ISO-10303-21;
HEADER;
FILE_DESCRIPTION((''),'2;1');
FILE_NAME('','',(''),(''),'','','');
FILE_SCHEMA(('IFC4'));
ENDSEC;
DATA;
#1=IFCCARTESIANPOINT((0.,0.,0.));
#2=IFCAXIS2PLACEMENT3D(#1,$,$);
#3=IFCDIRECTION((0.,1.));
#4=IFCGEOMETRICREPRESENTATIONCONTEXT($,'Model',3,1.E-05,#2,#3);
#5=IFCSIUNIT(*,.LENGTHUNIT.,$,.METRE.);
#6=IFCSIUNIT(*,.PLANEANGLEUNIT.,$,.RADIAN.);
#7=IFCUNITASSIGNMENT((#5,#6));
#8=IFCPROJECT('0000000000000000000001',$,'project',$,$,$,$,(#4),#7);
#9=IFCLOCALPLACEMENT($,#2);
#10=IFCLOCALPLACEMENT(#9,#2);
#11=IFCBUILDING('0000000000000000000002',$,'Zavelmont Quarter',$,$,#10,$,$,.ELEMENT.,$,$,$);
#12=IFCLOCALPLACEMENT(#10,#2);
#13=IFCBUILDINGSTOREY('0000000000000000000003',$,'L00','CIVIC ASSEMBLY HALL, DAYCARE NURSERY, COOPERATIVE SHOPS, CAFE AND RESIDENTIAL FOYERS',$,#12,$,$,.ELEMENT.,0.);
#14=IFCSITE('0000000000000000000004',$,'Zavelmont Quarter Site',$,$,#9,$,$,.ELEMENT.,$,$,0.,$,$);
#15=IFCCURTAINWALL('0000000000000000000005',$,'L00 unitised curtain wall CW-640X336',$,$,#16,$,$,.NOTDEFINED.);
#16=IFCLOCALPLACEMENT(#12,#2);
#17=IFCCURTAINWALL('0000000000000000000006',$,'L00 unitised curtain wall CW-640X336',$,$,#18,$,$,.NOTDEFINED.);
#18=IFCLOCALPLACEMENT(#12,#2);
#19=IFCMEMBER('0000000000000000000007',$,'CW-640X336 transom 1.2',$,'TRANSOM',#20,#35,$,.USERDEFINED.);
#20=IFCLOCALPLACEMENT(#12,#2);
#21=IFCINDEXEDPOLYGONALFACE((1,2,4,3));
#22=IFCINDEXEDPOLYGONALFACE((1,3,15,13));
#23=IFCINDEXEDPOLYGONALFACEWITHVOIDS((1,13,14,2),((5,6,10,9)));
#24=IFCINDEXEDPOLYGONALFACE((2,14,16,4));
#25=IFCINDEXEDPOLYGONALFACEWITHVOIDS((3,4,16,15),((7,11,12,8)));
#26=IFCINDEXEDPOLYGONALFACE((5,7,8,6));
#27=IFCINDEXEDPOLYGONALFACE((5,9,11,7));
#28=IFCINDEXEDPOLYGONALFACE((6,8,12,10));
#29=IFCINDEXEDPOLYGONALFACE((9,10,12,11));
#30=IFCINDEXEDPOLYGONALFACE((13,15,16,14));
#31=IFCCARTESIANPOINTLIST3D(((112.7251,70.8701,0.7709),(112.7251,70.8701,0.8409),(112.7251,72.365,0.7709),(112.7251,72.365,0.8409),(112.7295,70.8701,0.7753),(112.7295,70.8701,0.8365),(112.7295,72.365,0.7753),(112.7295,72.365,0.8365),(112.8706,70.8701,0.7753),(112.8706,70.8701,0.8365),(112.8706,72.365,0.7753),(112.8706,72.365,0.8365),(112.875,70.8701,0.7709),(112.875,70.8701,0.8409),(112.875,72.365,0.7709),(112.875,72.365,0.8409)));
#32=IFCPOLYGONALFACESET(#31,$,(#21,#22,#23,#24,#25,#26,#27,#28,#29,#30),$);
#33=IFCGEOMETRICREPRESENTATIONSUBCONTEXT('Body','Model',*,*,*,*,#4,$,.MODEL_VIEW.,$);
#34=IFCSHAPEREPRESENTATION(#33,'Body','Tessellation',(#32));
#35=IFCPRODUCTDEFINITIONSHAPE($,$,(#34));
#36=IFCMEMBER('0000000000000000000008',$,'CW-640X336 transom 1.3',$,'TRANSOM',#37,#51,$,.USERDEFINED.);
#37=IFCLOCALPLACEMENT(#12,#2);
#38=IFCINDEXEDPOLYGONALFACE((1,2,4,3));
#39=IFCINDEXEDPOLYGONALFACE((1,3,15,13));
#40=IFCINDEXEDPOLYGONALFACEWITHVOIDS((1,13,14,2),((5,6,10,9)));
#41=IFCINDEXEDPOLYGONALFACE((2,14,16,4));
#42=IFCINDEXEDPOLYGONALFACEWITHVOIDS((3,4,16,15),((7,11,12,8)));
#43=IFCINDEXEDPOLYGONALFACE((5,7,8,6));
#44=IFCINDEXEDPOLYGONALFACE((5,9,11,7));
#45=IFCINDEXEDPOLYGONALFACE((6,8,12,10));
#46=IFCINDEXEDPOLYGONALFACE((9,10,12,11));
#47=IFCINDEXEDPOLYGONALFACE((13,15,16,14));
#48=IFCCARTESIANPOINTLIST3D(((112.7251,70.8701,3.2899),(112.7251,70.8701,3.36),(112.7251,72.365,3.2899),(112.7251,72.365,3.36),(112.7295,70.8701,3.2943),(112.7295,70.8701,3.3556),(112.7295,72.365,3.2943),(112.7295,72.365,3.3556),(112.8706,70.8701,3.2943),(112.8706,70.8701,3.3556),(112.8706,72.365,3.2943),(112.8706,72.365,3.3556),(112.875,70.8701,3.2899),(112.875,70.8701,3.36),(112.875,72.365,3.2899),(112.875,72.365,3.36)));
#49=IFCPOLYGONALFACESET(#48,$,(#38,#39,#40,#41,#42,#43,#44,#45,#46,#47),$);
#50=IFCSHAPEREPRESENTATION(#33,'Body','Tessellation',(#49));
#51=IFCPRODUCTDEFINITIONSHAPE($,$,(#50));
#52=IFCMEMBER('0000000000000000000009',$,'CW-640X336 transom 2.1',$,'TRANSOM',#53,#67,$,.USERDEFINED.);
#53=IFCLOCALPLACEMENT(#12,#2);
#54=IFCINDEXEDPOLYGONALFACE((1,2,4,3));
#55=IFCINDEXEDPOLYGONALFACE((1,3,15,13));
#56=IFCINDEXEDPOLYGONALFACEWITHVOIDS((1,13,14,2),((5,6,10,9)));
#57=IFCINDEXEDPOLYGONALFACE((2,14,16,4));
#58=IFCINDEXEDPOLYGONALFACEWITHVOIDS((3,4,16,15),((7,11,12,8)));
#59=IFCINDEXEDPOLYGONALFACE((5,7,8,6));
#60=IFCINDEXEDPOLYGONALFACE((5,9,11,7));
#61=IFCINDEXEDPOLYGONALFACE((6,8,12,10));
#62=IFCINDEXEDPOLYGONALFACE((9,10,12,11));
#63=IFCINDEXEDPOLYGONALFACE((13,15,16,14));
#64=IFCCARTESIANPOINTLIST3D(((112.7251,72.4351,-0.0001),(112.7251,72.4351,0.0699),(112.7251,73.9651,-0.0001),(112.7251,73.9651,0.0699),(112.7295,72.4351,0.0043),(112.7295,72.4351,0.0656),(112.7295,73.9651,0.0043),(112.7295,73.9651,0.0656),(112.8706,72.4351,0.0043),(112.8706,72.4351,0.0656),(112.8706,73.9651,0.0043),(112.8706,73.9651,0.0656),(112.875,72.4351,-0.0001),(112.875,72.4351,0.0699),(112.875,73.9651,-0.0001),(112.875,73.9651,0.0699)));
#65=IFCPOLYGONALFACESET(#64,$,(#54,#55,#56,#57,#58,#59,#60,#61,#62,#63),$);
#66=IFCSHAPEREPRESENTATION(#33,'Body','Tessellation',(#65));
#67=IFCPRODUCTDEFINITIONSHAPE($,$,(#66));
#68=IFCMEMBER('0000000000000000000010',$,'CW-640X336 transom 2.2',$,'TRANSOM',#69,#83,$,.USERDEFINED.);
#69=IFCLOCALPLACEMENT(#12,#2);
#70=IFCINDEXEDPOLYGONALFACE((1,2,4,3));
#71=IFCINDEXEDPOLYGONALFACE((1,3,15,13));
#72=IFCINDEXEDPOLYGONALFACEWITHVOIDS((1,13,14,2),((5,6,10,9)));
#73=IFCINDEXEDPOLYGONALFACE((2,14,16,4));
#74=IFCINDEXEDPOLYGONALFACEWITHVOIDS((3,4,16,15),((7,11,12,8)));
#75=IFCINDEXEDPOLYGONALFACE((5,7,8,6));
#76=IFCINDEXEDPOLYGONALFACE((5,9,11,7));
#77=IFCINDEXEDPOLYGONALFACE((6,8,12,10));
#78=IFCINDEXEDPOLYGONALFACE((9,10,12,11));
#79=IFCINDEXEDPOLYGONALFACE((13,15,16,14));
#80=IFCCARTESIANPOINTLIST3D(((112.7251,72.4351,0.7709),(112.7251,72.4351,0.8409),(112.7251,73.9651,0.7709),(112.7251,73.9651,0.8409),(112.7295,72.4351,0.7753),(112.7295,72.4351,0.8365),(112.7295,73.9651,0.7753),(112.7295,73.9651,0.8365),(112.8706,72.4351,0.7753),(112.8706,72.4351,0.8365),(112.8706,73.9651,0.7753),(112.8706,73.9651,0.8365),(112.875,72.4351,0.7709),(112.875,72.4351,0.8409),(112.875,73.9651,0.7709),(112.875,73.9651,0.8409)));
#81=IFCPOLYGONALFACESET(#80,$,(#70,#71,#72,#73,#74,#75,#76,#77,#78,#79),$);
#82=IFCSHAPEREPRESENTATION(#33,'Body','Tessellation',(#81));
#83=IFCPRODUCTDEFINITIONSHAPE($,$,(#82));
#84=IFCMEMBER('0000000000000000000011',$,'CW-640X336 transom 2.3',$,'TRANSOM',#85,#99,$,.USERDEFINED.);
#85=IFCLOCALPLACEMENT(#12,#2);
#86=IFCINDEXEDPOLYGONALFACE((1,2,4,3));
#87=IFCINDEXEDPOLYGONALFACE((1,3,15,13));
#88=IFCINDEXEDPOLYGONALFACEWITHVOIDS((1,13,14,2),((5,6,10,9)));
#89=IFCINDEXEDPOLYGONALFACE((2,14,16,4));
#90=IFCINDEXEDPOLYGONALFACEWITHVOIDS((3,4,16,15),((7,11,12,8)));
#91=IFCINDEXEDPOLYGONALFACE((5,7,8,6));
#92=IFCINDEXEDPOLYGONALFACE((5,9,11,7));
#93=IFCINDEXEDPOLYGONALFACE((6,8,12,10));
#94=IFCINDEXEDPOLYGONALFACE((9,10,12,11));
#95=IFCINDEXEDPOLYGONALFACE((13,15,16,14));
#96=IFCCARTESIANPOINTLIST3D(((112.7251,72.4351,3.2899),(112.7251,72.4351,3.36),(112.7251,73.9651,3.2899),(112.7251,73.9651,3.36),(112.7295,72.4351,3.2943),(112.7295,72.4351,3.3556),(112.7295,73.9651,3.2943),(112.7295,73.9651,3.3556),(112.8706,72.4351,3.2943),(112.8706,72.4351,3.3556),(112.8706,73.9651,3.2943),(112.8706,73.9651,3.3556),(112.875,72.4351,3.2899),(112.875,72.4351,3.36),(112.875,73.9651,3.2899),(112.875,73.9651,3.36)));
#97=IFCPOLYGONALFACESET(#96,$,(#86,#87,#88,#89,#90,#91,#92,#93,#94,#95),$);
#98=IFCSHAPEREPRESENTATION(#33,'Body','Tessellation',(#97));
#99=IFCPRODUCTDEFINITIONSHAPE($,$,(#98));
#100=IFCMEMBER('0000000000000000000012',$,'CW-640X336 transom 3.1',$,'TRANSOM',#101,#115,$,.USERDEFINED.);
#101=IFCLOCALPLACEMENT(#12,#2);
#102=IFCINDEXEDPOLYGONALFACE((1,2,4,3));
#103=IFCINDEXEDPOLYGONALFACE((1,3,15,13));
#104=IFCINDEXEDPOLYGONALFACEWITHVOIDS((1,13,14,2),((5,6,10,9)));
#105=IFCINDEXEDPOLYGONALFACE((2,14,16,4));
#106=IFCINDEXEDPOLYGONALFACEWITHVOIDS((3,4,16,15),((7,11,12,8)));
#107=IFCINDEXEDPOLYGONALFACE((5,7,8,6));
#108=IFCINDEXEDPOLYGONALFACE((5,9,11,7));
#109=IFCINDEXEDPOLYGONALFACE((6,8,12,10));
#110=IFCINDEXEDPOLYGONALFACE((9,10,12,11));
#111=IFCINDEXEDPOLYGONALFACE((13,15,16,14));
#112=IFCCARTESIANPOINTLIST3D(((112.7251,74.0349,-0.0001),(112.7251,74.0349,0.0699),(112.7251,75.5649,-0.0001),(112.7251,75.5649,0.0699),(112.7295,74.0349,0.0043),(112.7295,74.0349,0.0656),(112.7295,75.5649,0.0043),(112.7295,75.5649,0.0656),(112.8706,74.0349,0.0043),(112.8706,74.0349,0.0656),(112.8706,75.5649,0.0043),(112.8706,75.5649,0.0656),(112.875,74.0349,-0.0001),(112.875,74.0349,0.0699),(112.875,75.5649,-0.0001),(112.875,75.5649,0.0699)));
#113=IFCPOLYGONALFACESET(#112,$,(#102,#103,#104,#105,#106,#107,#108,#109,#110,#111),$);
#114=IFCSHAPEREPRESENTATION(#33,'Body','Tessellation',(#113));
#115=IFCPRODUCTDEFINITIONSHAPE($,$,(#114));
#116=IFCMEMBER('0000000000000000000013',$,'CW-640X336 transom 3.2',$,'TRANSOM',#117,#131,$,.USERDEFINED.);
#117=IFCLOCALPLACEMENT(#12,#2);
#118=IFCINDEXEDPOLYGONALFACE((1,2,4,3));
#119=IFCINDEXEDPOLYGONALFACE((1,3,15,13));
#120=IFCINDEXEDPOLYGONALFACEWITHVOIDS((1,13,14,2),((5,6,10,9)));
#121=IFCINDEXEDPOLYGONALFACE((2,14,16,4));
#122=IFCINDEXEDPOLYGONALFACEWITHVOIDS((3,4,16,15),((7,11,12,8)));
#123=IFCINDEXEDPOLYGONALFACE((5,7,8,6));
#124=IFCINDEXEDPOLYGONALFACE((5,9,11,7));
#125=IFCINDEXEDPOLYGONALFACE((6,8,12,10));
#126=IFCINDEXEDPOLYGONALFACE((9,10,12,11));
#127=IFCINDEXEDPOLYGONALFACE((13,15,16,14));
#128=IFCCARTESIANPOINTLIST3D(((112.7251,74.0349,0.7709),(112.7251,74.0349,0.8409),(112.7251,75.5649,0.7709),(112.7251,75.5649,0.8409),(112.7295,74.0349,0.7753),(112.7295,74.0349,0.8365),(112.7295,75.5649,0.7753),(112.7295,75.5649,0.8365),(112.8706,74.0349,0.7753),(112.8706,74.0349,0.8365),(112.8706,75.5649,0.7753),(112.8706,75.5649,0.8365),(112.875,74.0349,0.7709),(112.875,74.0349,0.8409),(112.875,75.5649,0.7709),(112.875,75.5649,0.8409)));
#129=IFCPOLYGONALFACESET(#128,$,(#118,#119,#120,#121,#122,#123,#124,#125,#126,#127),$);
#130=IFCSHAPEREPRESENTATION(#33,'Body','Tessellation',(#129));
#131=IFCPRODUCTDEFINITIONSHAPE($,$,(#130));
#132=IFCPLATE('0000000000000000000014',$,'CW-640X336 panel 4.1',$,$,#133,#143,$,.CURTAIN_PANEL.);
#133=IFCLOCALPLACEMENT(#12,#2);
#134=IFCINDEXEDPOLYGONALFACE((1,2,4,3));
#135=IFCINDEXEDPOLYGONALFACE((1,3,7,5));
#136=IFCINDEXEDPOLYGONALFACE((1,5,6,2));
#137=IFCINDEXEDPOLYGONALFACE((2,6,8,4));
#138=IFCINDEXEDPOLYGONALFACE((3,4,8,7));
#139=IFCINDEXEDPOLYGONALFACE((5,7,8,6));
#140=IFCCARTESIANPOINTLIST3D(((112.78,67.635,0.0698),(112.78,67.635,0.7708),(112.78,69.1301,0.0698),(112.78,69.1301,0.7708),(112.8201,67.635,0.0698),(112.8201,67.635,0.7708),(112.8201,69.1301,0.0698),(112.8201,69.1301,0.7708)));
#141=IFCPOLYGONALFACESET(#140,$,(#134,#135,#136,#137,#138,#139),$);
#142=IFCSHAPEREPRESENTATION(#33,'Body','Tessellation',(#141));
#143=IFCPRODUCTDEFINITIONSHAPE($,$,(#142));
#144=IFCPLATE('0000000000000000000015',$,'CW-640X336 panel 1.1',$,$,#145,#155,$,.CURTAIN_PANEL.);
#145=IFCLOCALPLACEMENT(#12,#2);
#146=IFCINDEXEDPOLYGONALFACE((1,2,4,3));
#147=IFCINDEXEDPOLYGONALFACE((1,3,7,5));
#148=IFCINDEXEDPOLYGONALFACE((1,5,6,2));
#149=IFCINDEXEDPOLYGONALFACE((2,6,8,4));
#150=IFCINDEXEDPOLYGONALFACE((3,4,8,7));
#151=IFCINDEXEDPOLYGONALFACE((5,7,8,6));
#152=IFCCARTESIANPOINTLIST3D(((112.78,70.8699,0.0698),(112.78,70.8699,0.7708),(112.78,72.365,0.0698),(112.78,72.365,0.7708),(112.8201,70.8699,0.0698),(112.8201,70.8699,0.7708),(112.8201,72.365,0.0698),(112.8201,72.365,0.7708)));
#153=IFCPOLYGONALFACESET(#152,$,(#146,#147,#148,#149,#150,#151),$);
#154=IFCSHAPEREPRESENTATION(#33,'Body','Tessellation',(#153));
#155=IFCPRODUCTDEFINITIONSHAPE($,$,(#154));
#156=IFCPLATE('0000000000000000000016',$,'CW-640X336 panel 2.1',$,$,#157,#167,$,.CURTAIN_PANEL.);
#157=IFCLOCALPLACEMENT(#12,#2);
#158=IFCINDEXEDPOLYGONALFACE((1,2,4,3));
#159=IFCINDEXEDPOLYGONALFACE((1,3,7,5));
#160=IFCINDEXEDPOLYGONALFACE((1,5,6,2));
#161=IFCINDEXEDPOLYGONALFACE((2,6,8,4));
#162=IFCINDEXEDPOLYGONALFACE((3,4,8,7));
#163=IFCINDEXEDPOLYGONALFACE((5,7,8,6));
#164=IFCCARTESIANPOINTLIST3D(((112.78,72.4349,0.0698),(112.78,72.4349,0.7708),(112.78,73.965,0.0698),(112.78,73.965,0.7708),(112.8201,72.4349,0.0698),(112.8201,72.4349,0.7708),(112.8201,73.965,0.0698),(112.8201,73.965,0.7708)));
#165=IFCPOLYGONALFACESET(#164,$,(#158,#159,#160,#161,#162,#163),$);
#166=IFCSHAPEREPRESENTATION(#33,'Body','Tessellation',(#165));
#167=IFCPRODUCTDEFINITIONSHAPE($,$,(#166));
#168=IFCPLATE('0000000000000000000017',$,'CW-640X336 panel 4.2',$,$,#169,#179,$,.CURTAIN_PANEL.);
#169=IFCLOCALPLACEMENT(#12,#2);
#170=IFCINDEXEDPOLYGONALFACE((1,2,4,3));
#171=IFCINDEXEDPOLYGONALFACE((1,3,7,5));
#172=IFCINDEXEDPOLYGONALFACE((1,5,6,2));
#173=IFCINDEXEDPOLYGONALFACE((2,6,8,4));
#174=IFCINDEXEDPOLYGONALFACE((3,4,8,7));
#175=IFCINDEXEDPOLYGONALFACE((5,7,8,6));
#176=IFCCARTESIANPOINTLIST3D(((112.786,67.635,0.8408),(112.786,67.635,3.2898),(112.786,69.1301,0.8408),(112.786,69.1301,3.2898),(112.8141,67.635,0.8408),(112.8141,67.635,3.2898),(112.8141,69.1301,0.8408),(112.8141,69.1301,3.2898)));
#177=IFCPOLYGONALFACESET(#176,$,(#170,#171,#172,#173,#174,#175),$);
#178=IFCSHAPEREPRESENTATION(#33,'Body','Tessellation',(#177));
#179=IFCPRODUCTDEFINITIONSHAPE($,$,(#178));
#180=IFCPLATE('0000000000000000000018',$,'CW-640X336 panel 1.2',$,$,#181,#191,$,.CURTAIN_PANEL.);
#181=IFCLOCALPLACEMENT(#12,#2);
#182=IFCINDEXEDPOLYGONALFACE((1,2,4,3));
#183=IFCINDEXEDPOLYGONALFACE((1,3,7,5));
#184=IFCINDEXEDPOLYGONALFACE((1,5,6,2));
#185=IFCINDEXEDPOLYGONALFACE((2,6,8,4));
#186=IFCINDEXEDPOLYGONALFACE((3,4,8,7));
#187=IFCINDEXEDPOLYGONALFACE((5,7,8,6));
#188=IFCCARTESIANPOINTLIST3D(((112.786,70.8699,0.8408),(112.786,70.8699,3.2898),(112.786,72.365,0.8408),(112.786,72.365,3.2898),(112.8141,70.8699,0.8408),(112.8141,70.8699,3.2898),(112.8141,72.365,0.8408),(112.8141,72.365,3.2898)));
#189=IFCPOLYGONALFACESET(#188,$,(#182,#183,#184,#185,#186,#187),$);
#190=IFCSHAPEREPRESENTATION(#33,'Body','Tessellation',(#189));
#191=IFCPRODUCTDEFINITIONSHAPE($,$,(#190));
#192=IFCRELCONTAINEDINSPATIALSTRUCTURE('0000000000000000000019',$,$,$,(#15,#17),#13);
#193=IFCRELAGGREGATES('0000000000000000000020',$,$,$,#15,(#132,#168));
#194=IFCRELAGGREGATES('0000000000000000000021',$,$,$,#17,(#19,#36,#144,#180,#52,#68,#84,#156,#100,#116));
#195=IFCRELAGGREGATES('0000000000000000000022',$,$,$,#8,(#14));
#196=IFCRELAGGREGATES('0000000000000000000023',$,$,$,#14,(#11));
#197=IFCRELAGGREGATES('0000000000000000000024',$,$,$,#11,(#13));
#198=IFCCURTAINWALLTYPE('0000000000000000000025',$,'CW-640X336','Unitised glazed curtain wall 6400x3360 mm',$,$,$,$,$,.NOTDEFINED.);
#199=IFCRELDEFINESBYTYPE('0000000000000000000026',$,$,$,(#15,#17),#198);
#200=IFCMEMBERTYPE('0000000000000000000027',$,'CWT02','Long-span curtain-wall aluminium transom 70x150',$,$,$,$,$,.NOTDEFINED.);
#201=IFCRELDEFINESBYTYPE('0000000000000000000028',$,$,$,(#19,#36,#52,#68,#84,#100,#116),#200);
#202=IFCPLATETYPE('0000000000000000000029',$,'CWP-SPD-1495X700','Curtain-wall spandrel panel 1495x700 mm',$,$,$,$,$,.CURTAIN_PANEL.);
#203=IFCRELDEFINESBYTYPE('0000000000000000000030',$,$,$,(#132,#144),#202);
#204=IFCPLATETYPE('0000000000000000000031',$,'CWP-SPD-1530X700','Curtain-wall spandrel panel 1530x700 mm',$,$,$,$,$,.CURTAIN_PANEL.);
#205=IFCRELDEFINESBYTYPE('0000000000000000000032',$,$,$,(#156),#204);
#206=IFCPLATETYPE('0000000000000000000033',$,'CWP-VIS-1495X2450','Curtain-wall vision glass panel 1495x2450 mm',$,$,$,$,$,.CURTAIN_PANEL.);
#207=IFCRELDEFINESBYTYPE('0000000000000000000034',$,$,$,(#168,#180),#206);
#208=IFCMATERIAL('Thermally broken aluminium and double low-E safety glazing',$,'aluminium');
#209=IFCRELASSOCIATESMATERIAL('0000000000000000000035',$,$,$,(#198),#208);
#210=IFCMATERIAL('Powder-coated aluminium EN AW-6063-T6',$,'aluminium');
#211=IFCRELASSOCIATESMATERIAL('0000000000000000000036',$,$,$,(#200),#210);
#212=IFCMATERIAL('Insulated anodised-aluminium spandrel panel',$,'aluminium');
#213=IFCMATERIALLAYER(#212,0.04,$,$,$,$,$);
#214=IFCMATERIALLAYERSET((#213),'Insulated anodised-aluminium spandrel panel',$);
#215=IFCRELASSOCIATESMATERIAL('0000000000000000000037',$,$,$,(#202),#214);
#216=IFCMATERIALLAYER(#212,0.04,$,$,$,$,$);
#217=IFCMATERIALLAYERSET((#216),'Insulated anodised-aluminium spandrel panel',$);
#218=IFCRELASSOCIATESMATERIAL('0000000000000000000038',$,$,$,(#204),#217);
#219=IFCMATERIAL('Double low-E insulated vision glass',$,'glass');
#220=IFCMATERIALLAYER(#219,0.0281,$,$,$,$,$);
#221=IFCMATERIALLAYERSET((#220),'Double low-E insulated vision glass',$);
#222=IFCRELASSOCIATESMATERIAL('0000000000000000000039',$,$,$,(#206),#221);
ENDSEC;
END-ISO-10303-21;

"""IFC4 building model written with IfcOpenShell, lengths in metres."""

from ifc_helpers import new_model, si_unit, direction, frame, origin, origin_2d, place, context, subcontext, project, spatial, rectangle, hollow_rectangle, extrude, material, layer, layer_set, material_profile, profile_set, type_object, element, aggregate, save


model = new_model("IFC4")

# Units and contexts
model_context = context("Model", 3, precision=1e-05, world=origin(), true_north=direction((0.0, 1.0)))
body_context = subcontext(model_context, "Body", "Model", "MODEL_VIEW")
ifc_project = project(units=[si_unit("LENGTHUNIT", "METRE"), si_unit("PLANEANGLEUNIT", "RADIAN")], contexts=[model_context])

# Site, building, storey
site_placement = place(None, origin())
site = spatial("IfcSite", under=ifc_project, at=site_placement, Name="Zavelmont Quarter Site", CompositionType="ELEMENT", RefElevation=0.0)
building_placement = place(site_placement, origin())
building = spatial("IfcBuilding", under=site, at=building_placement, Name="Zavelmont Quarter", CompositionType="ELEMENT")
storey_placement = place(building_placement, origin())
storey = spatial("IfcBuildingStorey", under=building, at=storey_placement, Name="L00", Description="CIVIC ASSEMBLY HALL, DAYCARE NURSERY, COOPERATIVE SHOPS, CAFE AND RESIDENTIAL FOYERS", CompositionType="ELEMENT", Elevation=0.0)

# Curtain walls
ifc_material_1 = material(Name="Thermally broken aluminium and double low-E safety glazing", Category="aluminium")
curtain_wall_type = type_object("IfcCurtainWallType", Name="CW-640X336", Description="Unitised glazed curtain wall 6400x3360 mm", PredefinedType="NOTDEFINED", material=ifc_material_1)
curtain_wall_1_placement = place(storey_placement, origin())
curtain_wall_1 = element("IfcCurtainWall", 1, at=curtain_wall_1_placement, inside=storey, type_object=curtain_wall_type, Name="L00 unitised curtain wall CW-640X336", PredefinedType="NOTDEFINED")
ifc_material_2 = material(Name="Powder-coated aluminium EN AW-6063-T6", Category="aluminium")
curtain_wall_2_placement = place(storey_placement, origin())
curtain_wall_2 = element("IfcCurtainWall", 2, at=curtain_wall_2_placement, inside=storey, type_object=curtain_wall_type, Name="L00 unitised curtain wall CW-640X336", PredefinedType="NOTDEFINED")

# Members
ifc_material_profile_1 = material_profile(ifc_material_2, hollow_rectangle(XDim=0.1499, YDim=0.0701, WallThickness=0.0044, at=origin_2d()), Name="CWT70X150")
ifc_profile_set_1 = profile_set([ifc_material_profile_1], Name="Powder-coated aluminium EN AW-6063-T6")
member_type_1 = type_object("IfcMemberType", Name="CWT02", Description="Long-span curtain-wall aluminium transom 70x150", PredefinedType="NOTDEFINED", material=ifc_profile_set_1)
member_1_placement = place(storey_placement, frame((112.8, 70.8701, 0.8059), z_axis=(0.0, 1.0, 0.0), x_axis=(-1.0, 0.0, 0.0)))
member_1 = element("IfcMember", 3, at=member_1_placement, type_object=member_type_1, Name="CW-640X336 transom 1.2", ObjectType="TRANSOM", PredefinedType="USERDEFINED", context=body_context, shape_type="SweptSolid", body=[
    extrude(hollow_rectangle(XDim=0.1499, YDim=0.0701, WallThickness=0.0044, at=origin_2d()), origin(), (0.0, 0.0, 1.0), 1.4949),
])
member_2_placement = place(storey_placement, frame((112.8, 70.8701, 3.325), z_axis=(0.0, 1.0, 0.0), x_axis=(-1.0, 0.0, 0.0)))
member_2 = element("IfcMember", 4, at=member_2_placement, type_object=member_type_1, Name="CW-640X336 transom 1.3", ObjectType="TRANSOM", PredefinedType="USERDEFINED", context=body_context, shape_type="SweptSolid", body=[
    extrude(hollow_rectangle(XDim=0.1499, YDim=0.0701, WallThickness=0.0044, at=origin_2d()), origin(), (0.0, 0.0, 1.0), 1.4949),
])
member_3_placement = place(storey_placement, frame((112.8, 72.4351, 0.0349), z_axis=(0.0, 1.0, 0.0), x_axis=(-1.0, 0.0, 0.0)))
member_3 = element("IfcMember", 5, at=member_3_placement, type_object=member_type_1, Name="CW-640X336 transom 2.1", ObjectType="TRANSOM", PredefinedType="USERDEFINED", context=body_context, shape_type="SweptSolid", body=[
    extrude(hollow_rectangle(XDim=0.1499, YDim=0.0701, WallThickness=0.0044, at=origin_2d()), origin(), (0.0, 0.0, 1.0), 1.53),
])
member_4_placement = place(storey_placement, frame((112.8, 72.4351, 0.8059), z_axis=(0.0, 1.0, 0.0), x_axis=(-1.0, 0.0, 0.0)))
member_4 = element("IfcMember", 6, at=member_4_placement, type_object=member_type_1, Name="CW-640X336 transom 2.2", ObjectType="TRANSOM", PredefinedType="USERDEFINED", context=body_context, shape_type="SweptSolid", body=[
    extrude(hollow_rectangle(XDim=0.1499, YDim=0.0701, WallThickness=0.0044, at=origin_2d()), origin(), (0.0, 0.0, 1.0), 1.53),
])
member_5_placement = place(storey_placement, frame((112.8, 72.4351, 3.325), z_axis=(0.0, 1.0, 0.0), x_axis=(-1.0, 0.0, 0.0)))
member_5 = element("IfcMember", 7, at=member_5_placement, type_object=member_type_1, Name="CW-640X336 transom 2.3", ObjectType="TRANSOM", PredefinedType="USERDEFINED", context=body_context, shape_type="SweptSolid", body=[
    extrude(hollow_rectangle(XDim=0.1499, YDim=0.0701, WallThickness=0.0044, at=origin_2d()), origin(), (0.0, 0.0, 1.0), 1.53),
])
member_6_placement = place(storey_placement, frame((112.8, 74.0349, 0.0349), z_axis=(0.0, 1.0, 0.0), x_axis=(-1.0, 0.0, 0.0)))
member_6 = element("IfcMember", 8, at=member_6_placement, type_object=member_type_1, Name="CW-640X336 transom 3.1", ObjectType="TRANSOM", PredefinedType="USERDEFINED", context=body_context, shape_type="SweptSolid", body=[
    extrude(hollow_rectangle(XDim=0.1499, YDim=0.0701, WallThickness=0.0044, at=origin_2d()), origin(), (0.0, 0.0, 1.0), 1.53),
])
member_7_placement = place(storey_placement, frame((112.8, 74.0349, 0.8059), z_axis=(0.0, 1.0, 0.0), x_axis=(-1.0, 0.0, 0.0)))
member_7 = element("IfcMember", 9, at=member_7_placement, type_object=member_type_1, Name="CW-640X336 transom 3.2", ObjectType="TRANSOM", PredefinedType="USERDEFINED", context=body_context, shape_type="SweptSolid", body=[
    extrude(hollow_rectangle(XDim=0.1499, YDim=0.0701, WallThickness=0.0044, at=origin_2d()), origin(), (0.0, 0.0, 1.0), 1.53),
])

# Plates
ifc_material_3 = material(Name="Insulated anodised-aluminium spandrel panel", Category="aluminium")
ifc_layer_1 = layer(ifc_material_3, 0.04)
ifc_layer_set_1 = layer_set([ifc_layer_1], Name="Insulated anodised-aluminium spandrel panel")
plate_type_1 = type_object("IfcPlateType", Name="CWP-SPD-1495X700", Description="Curtain-wall spandrel panel 1495x700 mm", PredefinedType="CURTAIN_PANEL", material=ifc_layer_set_1)
plate_1_placement = place(storey_placement, frame((112.8, 68.3826, 0.0698), z_axis=(0.0, 0.0, 1.0), x_axis=(0.0, 1.0, 0.0)))
plate_1 = element("IfcPlate", 10, at=plate_1_placement, type_object=plate_type_1, Name="CW-640X336 panel 4.1", PredefinedType="CURTAIN_PANEL", context=body_context, shape_type="SweptSolid", body=[
    extrude(rectangle(XDim=1.4951, YDim=0.04, at=origin_2d()), origin(), (0.0, 0.0, 1.0), 0.7009),
])
plate_2_placement = place(storey_placement, frame((112.8, 71.6174, 0.0698), z_axis=(0.0, 0.0, 1.0), x_axis=(0.0, 1.0, 0.0)))
plate_2 = element("IfcPlate", 11, at=plate_2_placement, type_object=plate_type_1, Name="CW-640X336 panel 1.1", PredefinedType="CURTAIN_PANEL", context=body_context, shape_type="SweptSolid", body=[
    extrude(rectangle(XDim=1.4951, YDim=0.04, at=origin_2d()), origin(), (0.0, 0.0, 1.0), 0.7009),
])
ifc_layer_2 = layer(ifc_material_3, 0.04)
ifc_layer_set_2 = layer_set([ifc_layer_2], Name="Insulated anodised-aluminium spandrel panel")
plate_type_2 = type_object("IfcPlateType", Name="CWP-SPD-1530X700", Description="Curtain-wall spandrel panel 1530x700 mm", PredefinedType="CURTAIN_PANEL", material=ifc_layer_set_2)
plate_3_placement = place(storey_placement, frame((112.8, 73.2, 0.0698), z_axis=(0.0, 0.0, 1.0), x_axis=(0.0, 1.0, 0.0)))
plate_3 = element("IfcPlate", 12, at=plate_3_placement, type_object=plate_type_2, Name="CW-640X336 panel 2.1", PredefinedType="CURTAIN_PANEL", context=body_context, shape_type="SweptSolid", body=[
    extrude(rectangle(XDim=1.53, YDim=0.04, at=origin_2d()), origin(), (0.0, 0.0, 1.0), 0.7009),
])
ifc_material_4 = material(Name="Double low-E insulated vision glass", Category="glass")
ifc_layer_3 = layer(ifc_material_4, 0.0281)
ifc_layer_set_3 = layer_set([ifc_layer_3], Name="Double low-E insulated vision glass")
plate_type_3 = type_object("IfcPlateType", Name="CWP-VIS-1495X2450", Description="Curtain-wall vision glass panel 1495x2450 mm", PredefinedType="CURTAIN_PANEL", material=ifc_layer_set_3)
plate_4_placement = place(storey_placement, frame((112.8, 68.3826, 0.8408), z_axis=(0.0, 0.0, 1.0), x_axis=(0.0, 1.0, 0.0)))
plate_4 = element("IfcPlate", 13, at=plate_4_placement, type_object=plate_type_3, Name="CW-640X336 panel 4.2", PredefinedType="CURTAIN_PANEL", context=body_context, shape_type="SweptSolid", body=[
    extrude(rectangle(XDim=1.4951, YDim=0.0281, at=origin_2d()), origin(), (0.0, 0.0, 1.0), 2.449),
])
plate_5_placement = place(storey_placement, frame((112.8, 71.6174, 0.8408), z_axis=(0.0, 0.0, 1.0), x_axis=(0.0, 1.0, 0.0)))
plate_5 = element("IfcPlate", 14, at=plate_5_placement, type_object=plate_type_3, Name="CW-640X336 panel 1.2", PredefinedType="CURTAIN_PANEL", context=body_context, shape_type="SweptSolid", body=[
    extrude(rectangle(XDim=1.4951, YDim=0.0281, at=origin_2d()), origin(), (0.0, 0.0, 1.0), 2.449),
])
aggregate(curtain_wall_1, [plate_1, plate_4])
aggregate(curtain_wall_2, [member_1, member_2, plate_2, plate_5, member_3, member_4, member_5, plate_3, member_6, member_7])

save(model, "model.ifc")
